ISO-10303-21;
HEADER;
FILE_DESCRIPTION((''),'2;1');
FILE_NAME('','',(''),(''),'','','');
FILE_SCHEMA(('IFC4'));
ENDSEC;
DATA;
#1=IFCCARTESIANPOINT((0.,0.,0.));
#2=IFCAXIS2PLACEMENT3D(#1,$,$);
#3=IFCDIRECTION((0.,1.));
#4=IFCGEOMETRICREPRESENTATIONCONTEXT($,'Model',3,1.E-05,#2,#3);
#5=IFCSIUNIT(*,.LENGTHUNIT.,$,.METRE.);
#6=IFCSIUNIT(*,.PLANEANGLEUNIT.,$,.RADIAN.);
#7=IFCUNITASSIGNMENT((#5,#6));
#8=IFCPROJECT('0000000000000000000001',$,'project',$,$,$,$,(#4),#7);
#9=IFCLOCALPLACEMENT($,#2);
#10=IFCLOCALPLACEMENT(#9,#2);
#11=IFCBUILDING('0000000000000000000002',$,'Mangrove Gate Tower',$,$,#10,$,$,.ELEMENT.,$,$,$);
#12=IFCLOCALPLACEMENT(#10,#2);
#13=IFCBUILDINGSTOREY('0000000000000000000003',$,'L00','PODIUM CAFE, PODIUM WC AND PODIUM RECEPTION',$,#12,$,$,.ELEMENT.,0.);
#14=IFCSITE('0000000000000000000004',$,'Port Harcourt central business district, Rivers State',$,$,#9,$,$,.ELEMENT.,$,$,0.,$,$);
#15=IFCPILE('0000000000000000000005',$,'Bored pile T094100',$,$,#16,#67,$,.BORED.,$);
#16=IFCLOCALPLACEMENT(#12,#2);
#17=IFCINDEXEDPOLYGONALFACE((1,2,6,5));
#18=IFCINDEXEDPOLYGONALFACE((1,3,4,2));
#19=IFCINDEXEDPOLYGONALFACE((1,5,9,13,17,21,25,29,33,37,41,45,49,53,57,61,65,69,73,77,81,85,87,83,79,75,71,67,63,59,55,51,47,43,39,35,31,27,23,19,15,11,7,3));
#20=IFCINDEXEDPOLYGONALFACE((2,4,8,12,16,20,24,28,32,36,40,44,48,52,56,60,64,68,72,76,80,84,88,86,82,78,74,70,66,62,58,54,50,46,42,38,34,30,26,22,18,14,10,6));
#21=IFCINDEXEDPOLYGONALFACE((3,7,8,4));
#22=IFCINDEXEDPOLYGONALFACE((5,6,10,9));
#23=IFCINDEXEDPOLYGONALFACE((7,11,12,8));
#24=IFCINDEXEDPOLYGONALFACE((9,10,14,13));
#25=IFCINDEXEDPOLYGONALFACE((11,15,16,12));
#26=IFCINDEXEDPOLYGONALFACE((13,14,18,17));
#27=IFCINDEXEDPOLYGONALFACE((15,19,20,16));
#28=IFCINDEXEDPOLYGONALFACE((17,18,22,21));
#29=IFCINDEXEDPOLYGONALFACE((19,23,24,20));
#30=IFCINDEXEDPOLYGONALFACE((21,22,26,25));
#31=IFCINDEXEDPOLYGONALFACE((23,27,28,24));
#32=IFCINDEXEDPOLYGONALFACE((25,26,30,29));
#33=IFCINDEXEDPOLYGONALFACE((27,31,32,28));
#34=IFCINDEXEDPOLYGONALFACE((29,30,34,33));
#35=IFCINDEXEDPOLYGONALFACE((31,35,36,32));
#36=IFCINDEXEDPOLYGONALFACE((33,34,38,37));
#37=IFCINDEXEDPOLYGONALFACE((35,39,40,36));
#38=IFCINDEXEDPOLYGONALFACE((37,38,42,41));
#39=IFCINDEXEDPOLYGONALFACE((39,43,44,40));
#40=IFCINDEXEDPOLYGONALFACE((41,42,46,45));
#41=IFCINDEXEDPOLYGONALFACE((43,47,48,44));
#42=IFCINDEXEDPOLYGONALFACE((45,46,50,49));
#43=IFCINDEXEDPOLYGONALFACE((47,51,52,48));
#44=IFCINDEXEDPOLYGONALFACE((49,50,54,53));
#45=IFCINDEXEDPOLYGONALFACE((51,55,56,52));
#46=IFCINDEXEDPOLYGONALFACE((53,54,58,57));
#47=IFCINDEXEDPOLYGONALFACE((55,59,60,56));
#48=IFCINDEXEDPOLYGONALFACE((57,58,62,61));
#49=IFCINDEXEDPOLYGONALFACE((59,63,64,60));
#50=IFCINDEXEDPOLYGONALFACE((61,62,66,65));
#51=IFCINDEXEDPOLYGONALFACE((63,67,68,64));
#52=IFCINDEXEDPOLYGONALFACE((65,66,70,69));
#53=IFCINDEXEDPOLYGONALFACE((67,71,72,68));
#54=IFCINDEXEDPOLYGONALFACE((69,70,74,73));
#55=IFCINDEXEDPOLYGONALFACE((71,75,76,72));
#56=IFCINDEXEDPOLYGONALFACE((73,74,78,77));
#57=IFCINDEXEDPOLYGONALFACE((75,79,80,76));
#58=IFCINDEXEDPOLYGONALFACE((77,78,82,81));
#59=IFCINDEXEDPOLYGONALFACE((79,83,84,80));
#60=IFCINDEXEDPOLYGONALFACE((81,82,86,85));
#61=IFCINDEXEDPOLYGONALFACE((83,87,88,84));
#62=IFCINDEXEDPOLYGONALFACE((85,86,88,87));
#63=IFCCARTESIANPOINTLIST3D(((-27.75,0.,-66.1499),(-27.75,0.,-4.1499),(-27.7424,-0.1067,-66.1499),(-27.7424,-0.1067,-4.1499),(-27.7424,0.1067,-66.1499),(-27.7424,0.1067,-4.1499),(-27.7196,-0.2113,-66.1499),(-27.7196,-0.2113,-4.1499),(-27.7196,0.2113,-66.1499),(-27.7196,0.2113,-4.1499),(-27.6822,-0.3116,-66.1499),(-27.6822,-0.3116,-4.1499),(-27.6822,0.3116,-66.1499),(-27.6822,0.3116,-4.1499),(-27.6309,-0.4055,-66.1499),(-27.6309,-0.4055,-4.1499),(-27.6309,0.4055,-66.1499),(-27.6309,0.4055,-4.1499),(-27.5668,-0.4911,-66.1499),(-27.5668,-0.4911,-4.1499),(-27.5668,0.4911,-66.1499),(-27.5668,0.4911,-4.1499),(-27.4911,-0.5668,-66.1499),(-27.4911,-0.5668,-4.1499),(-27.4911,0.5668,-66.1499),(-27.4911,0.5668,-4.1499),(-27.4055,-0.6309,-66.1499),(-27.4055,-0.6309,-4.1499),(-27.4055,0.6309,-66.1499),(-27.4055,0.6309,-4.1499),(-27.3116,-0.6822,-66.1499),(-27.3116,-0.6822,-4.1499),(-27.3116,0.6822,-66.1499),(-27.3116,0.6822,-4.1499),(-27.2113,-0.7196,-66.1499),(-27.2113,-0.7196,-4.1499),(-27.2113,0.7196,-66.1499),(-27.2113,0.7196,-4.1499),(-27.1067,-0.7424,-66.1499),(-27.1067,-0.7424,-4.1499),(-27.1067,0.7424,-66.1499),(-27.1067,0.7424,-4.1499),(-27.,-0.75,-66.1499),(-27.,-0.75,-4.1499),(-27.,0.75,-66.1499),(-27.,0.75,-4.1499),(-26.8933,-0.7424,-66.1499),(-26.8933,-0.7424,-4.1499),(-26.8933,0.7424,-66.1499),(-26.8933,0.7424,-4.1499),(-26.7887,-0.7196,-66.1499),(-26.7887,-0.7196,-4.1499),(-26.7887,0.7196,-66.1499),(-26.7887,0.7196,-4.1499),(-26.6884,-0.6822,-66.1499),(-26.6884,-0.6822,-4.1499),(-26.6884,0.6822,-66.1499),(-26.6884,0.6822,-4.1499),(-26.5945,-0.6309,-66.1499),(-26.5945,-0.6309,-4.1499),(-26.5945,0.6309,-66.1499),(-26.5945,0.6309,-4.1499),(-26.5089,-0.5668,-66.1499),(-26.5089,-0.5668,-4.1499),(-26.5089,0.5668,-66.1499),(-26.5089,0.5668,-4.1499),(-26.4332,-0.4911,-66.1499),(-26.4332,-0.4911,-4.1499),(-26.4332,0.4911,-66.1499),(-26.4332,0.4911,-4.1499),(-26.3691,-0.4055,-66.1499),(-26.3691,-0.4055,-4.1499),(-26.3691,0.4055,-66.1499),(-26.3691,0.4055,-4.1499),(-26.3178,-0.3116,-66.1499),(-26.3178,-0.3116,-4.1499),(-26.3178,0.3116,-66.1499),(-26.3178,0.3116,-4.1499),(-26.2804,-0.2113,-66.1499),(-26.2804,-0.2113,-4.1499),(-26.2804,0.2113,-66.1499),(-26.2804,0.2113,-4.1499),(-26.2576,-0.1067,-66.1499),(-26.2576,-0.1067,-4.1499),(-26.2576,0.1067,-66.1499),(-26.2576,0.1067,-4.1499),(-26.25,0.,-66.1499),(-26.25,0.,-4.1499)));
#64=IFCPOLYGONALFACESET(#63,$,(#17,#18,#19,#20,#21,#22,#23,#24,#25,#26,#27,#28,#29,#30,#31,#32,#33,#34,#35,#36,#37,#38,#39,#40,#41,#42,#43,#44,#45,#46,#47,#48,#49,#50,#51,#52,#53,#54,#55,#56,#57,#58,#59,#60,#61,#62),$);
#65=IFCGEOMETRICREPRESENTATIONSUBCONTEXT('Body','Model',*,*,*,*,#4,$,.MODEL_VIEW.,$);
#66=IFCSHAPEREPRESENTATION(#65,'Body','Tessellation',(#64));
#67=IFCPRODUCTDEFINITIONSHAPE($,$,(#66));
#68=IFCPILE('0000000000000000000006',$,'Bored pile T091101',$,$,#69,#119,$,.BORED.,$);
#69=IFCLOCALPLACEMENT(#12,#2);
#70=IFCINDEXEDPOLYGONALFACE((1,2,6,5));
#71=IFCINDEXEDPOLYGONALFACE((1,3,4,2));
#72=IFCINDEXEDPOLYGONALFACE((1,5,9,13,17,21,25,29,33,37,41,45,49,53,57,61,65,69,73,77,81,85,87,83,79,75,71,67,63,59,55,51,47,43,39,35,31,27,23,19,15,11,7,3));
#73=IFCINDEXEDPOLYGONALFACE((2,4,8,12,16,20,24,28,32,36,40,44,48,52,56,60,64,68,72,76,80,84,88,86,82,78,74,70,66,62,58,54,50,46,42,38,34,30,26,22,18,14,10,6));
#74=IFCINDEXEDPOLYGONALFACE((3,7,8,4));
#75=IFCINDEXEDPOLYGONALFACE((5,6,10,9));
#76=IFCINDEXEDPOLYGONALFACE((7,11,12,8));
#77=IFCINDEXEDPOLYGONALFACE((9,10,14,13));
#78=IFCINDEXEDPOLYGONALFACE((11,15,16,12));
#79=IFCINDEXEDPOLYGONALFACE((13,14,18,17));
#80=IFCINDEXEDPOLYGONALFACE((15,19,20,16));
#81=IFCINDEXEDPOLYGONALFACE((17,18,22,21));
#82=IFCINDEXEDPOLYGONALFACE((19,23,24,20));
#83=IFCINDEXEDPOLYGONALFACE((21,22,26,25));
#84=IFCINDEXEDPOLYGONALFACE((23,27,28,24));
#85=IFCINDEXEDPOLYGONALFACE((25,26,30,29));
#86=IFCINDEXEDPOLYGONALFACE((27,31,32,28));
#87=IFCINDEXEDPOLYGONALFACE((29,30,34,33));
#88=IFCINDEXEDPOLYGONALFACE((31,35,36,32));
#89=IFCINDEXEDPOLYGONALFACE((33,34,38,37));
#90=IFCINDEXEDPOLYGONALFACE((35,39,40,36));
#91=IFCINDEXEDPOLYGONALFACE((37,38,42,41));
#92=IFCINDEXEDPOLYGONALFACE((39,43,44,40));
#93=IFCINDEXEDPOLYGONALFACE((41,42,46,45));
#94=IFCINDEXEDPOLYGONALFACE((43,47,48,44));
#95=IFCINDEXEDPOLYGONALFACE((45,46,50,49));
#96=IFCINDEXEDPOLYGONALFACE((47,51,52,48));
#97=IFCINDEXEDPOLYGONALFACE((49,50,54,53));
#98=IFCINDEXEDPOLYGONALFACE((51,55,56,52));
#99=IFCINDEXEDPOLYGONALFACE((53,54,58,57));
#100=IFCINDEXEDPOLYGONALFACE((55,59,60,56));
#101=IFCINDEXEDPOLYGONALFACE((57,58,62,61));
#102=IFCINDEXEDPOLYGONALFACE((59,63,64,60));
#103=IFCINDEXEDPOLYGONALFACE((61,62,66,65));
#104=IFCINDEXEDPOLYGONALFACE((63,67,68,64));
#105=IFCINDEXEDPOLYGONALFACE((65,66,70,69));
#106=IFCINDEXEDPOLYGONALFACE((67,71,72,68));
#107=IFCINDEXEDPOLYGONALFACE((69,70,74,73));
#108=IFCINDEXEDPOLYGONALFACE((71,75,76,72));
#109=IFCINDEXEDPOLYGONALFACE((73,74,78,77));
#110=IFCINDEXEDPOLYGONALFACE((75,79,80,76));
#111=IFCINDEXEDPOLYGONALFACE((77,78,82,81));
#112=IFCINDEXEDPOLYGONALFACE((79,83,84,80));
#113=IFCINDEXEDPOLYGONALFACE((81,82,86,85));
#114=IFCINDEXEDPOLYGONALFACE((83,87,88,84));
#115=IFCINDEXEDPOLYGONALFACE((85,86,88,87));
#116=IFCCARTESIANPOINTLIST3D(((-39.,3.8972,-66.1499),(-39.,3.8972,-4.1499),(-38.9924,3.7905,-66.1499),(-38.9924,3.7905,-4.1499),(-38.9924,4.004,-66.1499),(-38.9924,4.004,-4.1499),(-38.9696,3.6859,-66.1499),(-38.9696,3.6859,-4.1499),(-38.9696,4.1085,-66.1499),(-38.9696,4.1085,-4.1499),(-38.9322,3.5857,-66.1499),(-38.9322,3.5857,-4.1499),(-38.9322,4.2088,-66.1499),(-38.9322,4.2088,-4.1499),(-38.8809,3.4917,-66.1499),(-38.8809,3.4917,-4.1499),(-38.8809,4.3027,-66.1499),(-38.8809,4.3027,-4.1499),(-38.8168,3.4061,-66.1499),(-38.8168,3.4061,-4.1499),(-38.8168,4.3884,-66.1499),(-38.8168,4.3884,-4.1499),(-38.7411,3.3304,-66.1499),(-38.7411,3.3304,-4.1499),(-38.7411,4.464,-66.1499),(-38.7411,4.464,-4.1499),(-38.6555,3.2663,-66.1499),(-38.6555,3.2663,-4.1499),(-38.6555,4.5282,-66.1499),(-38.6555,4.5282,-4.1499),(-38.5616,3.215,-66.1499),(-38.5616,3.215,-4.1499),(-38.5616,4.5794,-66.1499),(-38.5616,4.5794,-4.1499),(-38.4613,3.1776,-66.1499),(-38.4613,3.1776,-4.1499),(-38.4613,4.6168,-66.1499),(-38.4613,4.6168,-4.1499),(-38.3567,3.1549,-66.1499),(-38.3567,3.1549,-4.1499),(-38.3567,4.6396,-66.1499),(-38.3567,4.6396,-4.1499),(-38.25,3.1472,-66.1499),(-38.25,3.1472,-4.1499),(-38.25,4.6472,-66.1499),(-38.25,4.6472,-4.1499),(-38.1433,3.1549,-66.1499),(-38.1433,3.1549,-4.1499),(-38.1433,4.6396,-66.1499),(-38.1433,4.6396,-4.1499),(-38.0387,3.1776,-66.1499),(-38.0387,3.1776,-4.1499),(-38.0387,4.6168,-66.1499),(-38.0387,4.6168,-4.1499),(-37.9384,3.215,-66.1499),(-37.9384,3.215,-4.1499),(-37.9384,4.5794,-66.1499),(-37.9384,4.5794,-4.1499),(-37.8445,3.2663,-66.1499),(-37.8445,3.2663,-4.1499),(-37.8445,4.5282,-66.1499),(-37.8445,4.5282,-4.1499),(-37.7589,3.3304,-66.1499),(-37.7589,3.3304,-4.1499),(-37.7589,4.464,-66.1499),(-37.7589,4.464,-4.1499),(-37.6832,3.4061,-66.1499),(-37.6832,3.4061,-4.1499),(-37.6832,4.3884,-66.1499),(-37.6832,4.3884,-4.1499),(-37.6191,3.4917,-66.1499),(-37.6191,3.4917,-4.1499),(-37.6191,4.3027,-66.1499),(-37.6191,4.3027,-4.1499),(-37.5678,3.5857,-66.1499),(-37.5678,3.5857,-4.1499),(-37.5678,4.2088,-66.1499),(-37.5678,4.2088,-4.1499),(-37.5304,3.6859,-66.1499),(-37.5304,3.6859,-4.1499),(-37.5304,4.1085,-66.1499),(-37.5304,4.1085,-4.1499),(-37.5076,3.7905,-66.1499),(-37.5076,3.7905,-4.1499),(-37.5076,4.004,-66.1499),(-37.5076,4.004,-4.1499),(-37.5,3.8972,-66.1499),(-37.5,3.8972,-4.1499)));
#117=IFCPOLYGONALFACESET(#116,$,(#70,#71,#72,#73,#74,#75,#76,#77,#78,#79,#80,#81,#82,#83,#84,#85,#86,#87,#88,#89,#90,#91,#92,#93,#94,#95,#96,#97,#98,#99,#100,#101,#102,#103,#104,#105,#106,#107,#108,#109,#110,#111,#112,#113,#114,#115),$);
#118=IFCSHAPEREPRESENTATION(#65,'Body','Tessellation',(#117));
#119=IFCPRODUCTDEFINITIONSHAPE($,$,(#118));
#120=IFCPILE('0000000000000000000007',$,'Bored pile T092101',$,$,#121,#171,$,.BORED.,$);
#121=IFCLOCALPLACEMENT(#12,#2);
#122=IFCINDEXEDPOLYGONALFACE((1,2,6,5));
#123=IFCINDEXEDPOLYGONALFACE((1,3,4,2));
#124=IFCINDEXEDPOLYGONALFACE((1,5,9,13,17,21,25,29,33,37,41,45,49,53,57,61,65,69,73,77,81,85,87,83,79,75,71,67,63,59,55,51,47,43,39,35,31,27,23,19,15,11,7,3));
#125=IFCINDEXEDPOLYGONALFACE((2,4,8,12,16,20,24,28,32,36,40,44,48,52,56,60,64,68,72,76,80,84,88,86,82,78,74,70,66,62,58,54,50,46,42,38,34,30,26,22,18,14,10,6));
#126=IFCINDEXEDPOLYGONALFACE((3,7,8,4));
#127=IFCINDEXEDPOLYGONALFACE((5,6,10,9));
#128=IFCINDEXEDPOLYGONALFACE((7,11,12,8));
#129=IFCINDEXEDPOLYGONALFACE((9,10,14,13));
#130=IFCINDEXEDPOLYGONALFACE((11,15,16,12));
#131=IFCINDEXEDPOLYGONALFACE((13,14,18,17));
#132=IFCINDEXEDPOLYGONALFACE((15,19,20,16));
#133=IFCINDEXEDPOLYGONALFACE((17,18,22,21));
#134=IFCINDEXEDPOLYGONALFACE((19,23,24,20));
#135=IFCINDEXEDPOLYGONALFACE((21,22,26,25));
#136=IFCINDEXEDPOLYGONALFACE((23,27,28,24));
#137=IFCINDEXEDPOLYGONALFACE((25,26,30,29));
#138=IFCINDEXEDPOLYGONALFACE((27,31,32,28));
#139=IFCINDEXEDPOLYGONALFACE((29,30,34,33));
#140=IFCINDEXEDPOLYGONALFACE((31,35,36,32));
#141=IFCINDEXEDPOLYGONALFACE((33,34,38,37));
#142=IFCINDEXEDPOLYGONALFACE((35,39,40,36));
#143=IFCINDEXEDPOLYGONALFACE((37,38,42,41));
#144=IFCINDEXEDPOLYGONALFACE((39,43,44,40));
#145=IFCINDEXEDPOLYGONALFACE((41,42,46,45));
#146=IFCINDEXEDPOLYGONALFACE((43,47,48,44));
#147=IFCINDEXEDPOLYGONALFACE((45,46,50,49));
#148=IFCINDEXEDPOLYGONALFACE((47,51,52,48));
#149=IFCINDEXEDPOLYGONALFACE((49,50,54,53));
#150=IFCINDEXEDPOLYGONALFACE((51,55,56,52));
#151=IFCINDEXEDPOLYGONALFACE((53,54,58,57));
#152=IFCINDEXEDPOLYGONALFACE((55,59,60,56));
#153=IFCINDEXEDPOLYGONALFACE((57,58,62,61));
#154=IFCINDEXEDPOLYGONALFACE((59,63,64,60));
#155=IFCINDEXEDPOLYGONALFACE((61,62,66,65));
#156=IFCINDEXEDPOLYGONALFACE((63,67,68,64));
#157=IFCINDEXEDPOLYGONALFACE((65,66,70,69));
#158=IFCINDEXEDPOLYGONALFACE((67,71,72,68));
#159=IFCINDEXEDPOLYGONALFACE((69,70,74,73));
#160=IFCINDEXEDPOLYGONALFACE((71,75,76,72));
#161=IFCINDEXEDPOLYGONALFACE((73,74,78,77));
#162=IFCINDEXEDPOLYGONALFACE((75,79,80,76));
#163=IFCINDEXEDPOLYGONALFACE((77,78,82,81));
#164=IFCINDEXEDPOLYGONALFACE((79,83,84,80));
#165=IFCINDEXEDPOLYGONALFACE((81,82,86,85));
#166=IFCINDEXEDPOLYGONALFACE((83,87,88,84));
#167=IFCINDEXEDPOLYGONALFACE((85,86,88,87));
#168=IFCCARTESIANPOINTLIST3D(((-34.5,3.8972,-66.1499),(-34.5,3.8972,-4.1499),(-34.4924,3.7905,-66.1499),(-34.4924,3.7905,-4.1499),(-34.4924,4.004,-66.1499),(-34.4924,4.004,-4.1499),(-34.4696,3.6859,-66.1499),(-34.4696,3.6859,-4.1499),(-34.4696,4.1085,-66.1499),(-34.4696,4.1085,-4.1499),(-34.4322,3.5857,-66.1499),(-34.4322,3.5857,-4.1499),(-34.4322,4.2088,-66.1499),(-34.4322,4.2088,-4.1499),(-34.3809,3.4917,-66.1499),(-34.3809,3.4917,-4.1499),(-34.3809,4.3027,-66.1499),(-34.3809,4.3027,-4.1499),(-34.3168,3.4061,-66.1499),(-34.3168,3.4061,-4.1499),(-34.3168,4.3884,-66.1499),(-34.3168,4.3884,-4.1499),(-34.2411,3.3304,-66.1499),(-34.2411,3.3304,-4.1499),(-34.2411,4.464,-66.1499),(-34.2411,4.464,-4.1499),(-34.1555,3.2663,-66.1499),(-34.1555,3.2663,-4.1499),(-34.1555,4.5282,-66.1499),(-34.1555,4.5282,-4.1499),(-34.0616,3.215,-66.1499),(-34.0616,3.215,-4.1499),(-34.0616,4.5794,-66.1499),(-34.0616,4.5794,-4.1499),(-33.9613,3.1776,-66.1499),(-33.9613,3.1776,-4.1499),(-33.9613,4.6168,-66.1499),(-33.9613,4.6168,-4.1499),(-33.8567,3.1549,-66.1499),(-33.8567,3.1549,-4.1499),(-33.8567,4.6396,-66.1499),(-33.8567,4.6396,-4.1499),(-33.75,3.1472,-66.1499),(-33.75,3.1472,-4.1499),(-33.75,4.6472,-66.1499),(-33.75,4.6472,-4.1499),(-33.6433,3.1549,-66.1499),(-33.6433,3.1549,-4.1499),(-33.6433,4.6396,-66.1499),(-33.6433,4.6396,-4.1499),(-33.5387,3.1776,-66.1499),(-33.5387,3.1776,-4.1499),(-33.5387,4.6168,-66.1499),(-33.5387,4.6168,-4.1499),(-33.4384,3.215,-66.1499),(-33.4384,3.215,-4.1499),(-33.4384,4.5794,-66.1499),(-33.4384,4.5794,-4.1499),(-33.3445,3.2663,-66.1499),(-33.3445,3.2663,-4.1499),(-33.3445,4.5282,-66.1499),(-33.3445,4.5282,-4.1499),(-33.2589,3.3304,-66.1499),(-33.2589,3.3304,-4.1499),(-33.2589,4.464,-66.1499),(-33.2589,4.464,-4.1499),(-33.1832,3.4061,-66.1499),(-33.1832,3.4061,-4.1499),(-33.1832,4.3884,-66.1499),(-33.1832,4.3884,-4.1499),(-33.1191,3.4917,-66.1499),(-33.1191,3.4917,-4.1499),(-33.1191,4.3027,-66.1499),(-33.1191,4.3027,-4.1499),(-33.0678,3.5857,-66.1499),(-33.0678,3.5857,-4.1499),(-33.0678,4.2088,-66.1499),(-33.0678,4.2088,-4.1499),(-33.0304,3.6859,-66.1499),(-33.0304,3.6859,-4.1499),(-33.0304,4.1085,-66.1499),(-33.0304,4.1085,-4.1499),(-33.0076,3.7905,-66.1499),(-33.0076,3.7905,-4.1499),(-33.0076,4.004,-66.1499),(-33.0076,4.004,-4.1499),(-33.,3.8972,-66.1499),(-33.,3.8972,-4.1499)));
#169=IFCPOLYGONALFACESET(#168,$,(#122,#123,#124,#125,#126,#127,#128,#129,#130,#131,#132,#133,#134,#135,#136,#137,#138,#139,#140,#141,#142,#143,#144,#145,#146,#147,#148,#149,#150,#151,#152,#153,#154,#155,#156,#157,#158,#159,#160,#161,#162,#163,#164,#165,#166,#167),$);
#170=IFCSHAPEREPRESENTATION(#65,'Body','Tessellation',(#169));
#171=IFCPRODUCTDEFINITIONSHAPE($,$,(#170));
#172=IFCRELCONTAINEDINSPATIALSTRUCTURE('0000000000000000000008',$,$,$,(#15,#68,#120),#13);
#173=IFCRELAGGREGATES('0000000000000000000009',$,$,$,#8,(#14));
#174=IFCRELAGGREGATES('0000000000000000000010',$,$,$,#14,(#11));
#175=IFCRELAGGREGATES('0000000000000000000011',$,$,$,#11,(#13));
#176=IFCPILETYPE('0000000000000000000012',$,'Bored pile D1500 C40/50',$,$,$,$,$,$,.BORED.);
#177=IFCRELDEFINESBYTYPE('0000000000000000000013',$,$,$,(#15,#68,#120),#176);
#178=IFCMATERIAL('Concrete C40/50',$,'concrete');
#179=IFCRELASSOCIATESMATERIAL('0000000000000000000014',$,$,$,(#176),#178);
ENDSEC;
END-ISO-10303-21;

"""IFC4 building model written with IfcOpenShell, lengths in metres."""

from ifc_helpers import new_model, si_unit, direction, frame, origin, origin_2d, place, context, subcontext, project, spatial, circle, extrude, material, material_profile, profile_set, type_object, element, save


model = new_model("IFC4")

# Units and contexts
model_context = context("Model", 3, precision=1e-05, world=origin(), true_north=direction((0.0, 1.0)))
body_context = subcontext(model_context, "Body", "Model", "MODEL_VIEW")
ifc_project = project(units=[si_unit("LENGTHUNIT", "METRE"), si_unit("PLANEANGLEUNIT", "RADIAN")], contexts=[model_context])

# Site, building, storey
site_placement = place(None, origin())
site = spatial("IfcSite", under=ifc_project, at=site_placement, Name="Port Harcourt central business district, Rivers State", CompositionType="ELEMENT", RefElevation=0.0)
building_placement = place(site_placement, origin())
building = spatial("IfcBuilding", under=site, at=building_placement, Name="Mangrove Gate Tower", CompositionType="ELEMENT")
storey_placement = place(building_placement, origin())
storey = spatial("IfcBuildingStorey", under=building, at=storey_placement, Name="L00", Description="PODIUM CAFE, PODIUM WC AND PODIUM RECEPTION", CompositionType="ELEMENT", Elevation=0.0)

# Piles
ifc_material_1 = material(Name="Concrete C40/50", Category="concrete")
ifc_material_profile_1 = material_profile(ifc_material_1, circle(Radius=0.75, at=origin_2d()))
ifc_profile_set_1 = profile_set([ifc_material_profile_1], Name="Concrete C40/50")
pile_type = type_object("IfcPileType", Name="Bored pile D1500 C40/50", PredefinedType="BORED", material=ifc_profile_set_1)
for number, where, z_axis, x_axis, name in (
    (1, (-27.0, 0.0, -4.1499), (0.0, 0.0, -1.0), (1.0, 0.0, 0.0), "Bored pile T094100"),
    (2, (-38.25, 3.8972, -4.1499), (0.0, 0.0, -1.0), (1.0, 0.0, 0.0), "Bored pile T091101"),
    (3, (-33.75, 3.8972, -4.1499), (0.0, 0.0, -1.0), (1.0, 0.0, 0.0), "Bored pile T092101"),
):
    element("IfcPile", number, at=place(storey_placement, frame(where, z_axis=z_axis, x_axis=x_axis)), inside=storey, type_object=pile_type, Name=name, PredefinedType="BORED", context=body_context, shape_type="SweptSolid", body=[
        extrude(circle(Radius=0.75, at=origin_2d()), origin(), (0.0, 0.0, 1.0), 62.0),
    ])

save(model, "model.ifc")
